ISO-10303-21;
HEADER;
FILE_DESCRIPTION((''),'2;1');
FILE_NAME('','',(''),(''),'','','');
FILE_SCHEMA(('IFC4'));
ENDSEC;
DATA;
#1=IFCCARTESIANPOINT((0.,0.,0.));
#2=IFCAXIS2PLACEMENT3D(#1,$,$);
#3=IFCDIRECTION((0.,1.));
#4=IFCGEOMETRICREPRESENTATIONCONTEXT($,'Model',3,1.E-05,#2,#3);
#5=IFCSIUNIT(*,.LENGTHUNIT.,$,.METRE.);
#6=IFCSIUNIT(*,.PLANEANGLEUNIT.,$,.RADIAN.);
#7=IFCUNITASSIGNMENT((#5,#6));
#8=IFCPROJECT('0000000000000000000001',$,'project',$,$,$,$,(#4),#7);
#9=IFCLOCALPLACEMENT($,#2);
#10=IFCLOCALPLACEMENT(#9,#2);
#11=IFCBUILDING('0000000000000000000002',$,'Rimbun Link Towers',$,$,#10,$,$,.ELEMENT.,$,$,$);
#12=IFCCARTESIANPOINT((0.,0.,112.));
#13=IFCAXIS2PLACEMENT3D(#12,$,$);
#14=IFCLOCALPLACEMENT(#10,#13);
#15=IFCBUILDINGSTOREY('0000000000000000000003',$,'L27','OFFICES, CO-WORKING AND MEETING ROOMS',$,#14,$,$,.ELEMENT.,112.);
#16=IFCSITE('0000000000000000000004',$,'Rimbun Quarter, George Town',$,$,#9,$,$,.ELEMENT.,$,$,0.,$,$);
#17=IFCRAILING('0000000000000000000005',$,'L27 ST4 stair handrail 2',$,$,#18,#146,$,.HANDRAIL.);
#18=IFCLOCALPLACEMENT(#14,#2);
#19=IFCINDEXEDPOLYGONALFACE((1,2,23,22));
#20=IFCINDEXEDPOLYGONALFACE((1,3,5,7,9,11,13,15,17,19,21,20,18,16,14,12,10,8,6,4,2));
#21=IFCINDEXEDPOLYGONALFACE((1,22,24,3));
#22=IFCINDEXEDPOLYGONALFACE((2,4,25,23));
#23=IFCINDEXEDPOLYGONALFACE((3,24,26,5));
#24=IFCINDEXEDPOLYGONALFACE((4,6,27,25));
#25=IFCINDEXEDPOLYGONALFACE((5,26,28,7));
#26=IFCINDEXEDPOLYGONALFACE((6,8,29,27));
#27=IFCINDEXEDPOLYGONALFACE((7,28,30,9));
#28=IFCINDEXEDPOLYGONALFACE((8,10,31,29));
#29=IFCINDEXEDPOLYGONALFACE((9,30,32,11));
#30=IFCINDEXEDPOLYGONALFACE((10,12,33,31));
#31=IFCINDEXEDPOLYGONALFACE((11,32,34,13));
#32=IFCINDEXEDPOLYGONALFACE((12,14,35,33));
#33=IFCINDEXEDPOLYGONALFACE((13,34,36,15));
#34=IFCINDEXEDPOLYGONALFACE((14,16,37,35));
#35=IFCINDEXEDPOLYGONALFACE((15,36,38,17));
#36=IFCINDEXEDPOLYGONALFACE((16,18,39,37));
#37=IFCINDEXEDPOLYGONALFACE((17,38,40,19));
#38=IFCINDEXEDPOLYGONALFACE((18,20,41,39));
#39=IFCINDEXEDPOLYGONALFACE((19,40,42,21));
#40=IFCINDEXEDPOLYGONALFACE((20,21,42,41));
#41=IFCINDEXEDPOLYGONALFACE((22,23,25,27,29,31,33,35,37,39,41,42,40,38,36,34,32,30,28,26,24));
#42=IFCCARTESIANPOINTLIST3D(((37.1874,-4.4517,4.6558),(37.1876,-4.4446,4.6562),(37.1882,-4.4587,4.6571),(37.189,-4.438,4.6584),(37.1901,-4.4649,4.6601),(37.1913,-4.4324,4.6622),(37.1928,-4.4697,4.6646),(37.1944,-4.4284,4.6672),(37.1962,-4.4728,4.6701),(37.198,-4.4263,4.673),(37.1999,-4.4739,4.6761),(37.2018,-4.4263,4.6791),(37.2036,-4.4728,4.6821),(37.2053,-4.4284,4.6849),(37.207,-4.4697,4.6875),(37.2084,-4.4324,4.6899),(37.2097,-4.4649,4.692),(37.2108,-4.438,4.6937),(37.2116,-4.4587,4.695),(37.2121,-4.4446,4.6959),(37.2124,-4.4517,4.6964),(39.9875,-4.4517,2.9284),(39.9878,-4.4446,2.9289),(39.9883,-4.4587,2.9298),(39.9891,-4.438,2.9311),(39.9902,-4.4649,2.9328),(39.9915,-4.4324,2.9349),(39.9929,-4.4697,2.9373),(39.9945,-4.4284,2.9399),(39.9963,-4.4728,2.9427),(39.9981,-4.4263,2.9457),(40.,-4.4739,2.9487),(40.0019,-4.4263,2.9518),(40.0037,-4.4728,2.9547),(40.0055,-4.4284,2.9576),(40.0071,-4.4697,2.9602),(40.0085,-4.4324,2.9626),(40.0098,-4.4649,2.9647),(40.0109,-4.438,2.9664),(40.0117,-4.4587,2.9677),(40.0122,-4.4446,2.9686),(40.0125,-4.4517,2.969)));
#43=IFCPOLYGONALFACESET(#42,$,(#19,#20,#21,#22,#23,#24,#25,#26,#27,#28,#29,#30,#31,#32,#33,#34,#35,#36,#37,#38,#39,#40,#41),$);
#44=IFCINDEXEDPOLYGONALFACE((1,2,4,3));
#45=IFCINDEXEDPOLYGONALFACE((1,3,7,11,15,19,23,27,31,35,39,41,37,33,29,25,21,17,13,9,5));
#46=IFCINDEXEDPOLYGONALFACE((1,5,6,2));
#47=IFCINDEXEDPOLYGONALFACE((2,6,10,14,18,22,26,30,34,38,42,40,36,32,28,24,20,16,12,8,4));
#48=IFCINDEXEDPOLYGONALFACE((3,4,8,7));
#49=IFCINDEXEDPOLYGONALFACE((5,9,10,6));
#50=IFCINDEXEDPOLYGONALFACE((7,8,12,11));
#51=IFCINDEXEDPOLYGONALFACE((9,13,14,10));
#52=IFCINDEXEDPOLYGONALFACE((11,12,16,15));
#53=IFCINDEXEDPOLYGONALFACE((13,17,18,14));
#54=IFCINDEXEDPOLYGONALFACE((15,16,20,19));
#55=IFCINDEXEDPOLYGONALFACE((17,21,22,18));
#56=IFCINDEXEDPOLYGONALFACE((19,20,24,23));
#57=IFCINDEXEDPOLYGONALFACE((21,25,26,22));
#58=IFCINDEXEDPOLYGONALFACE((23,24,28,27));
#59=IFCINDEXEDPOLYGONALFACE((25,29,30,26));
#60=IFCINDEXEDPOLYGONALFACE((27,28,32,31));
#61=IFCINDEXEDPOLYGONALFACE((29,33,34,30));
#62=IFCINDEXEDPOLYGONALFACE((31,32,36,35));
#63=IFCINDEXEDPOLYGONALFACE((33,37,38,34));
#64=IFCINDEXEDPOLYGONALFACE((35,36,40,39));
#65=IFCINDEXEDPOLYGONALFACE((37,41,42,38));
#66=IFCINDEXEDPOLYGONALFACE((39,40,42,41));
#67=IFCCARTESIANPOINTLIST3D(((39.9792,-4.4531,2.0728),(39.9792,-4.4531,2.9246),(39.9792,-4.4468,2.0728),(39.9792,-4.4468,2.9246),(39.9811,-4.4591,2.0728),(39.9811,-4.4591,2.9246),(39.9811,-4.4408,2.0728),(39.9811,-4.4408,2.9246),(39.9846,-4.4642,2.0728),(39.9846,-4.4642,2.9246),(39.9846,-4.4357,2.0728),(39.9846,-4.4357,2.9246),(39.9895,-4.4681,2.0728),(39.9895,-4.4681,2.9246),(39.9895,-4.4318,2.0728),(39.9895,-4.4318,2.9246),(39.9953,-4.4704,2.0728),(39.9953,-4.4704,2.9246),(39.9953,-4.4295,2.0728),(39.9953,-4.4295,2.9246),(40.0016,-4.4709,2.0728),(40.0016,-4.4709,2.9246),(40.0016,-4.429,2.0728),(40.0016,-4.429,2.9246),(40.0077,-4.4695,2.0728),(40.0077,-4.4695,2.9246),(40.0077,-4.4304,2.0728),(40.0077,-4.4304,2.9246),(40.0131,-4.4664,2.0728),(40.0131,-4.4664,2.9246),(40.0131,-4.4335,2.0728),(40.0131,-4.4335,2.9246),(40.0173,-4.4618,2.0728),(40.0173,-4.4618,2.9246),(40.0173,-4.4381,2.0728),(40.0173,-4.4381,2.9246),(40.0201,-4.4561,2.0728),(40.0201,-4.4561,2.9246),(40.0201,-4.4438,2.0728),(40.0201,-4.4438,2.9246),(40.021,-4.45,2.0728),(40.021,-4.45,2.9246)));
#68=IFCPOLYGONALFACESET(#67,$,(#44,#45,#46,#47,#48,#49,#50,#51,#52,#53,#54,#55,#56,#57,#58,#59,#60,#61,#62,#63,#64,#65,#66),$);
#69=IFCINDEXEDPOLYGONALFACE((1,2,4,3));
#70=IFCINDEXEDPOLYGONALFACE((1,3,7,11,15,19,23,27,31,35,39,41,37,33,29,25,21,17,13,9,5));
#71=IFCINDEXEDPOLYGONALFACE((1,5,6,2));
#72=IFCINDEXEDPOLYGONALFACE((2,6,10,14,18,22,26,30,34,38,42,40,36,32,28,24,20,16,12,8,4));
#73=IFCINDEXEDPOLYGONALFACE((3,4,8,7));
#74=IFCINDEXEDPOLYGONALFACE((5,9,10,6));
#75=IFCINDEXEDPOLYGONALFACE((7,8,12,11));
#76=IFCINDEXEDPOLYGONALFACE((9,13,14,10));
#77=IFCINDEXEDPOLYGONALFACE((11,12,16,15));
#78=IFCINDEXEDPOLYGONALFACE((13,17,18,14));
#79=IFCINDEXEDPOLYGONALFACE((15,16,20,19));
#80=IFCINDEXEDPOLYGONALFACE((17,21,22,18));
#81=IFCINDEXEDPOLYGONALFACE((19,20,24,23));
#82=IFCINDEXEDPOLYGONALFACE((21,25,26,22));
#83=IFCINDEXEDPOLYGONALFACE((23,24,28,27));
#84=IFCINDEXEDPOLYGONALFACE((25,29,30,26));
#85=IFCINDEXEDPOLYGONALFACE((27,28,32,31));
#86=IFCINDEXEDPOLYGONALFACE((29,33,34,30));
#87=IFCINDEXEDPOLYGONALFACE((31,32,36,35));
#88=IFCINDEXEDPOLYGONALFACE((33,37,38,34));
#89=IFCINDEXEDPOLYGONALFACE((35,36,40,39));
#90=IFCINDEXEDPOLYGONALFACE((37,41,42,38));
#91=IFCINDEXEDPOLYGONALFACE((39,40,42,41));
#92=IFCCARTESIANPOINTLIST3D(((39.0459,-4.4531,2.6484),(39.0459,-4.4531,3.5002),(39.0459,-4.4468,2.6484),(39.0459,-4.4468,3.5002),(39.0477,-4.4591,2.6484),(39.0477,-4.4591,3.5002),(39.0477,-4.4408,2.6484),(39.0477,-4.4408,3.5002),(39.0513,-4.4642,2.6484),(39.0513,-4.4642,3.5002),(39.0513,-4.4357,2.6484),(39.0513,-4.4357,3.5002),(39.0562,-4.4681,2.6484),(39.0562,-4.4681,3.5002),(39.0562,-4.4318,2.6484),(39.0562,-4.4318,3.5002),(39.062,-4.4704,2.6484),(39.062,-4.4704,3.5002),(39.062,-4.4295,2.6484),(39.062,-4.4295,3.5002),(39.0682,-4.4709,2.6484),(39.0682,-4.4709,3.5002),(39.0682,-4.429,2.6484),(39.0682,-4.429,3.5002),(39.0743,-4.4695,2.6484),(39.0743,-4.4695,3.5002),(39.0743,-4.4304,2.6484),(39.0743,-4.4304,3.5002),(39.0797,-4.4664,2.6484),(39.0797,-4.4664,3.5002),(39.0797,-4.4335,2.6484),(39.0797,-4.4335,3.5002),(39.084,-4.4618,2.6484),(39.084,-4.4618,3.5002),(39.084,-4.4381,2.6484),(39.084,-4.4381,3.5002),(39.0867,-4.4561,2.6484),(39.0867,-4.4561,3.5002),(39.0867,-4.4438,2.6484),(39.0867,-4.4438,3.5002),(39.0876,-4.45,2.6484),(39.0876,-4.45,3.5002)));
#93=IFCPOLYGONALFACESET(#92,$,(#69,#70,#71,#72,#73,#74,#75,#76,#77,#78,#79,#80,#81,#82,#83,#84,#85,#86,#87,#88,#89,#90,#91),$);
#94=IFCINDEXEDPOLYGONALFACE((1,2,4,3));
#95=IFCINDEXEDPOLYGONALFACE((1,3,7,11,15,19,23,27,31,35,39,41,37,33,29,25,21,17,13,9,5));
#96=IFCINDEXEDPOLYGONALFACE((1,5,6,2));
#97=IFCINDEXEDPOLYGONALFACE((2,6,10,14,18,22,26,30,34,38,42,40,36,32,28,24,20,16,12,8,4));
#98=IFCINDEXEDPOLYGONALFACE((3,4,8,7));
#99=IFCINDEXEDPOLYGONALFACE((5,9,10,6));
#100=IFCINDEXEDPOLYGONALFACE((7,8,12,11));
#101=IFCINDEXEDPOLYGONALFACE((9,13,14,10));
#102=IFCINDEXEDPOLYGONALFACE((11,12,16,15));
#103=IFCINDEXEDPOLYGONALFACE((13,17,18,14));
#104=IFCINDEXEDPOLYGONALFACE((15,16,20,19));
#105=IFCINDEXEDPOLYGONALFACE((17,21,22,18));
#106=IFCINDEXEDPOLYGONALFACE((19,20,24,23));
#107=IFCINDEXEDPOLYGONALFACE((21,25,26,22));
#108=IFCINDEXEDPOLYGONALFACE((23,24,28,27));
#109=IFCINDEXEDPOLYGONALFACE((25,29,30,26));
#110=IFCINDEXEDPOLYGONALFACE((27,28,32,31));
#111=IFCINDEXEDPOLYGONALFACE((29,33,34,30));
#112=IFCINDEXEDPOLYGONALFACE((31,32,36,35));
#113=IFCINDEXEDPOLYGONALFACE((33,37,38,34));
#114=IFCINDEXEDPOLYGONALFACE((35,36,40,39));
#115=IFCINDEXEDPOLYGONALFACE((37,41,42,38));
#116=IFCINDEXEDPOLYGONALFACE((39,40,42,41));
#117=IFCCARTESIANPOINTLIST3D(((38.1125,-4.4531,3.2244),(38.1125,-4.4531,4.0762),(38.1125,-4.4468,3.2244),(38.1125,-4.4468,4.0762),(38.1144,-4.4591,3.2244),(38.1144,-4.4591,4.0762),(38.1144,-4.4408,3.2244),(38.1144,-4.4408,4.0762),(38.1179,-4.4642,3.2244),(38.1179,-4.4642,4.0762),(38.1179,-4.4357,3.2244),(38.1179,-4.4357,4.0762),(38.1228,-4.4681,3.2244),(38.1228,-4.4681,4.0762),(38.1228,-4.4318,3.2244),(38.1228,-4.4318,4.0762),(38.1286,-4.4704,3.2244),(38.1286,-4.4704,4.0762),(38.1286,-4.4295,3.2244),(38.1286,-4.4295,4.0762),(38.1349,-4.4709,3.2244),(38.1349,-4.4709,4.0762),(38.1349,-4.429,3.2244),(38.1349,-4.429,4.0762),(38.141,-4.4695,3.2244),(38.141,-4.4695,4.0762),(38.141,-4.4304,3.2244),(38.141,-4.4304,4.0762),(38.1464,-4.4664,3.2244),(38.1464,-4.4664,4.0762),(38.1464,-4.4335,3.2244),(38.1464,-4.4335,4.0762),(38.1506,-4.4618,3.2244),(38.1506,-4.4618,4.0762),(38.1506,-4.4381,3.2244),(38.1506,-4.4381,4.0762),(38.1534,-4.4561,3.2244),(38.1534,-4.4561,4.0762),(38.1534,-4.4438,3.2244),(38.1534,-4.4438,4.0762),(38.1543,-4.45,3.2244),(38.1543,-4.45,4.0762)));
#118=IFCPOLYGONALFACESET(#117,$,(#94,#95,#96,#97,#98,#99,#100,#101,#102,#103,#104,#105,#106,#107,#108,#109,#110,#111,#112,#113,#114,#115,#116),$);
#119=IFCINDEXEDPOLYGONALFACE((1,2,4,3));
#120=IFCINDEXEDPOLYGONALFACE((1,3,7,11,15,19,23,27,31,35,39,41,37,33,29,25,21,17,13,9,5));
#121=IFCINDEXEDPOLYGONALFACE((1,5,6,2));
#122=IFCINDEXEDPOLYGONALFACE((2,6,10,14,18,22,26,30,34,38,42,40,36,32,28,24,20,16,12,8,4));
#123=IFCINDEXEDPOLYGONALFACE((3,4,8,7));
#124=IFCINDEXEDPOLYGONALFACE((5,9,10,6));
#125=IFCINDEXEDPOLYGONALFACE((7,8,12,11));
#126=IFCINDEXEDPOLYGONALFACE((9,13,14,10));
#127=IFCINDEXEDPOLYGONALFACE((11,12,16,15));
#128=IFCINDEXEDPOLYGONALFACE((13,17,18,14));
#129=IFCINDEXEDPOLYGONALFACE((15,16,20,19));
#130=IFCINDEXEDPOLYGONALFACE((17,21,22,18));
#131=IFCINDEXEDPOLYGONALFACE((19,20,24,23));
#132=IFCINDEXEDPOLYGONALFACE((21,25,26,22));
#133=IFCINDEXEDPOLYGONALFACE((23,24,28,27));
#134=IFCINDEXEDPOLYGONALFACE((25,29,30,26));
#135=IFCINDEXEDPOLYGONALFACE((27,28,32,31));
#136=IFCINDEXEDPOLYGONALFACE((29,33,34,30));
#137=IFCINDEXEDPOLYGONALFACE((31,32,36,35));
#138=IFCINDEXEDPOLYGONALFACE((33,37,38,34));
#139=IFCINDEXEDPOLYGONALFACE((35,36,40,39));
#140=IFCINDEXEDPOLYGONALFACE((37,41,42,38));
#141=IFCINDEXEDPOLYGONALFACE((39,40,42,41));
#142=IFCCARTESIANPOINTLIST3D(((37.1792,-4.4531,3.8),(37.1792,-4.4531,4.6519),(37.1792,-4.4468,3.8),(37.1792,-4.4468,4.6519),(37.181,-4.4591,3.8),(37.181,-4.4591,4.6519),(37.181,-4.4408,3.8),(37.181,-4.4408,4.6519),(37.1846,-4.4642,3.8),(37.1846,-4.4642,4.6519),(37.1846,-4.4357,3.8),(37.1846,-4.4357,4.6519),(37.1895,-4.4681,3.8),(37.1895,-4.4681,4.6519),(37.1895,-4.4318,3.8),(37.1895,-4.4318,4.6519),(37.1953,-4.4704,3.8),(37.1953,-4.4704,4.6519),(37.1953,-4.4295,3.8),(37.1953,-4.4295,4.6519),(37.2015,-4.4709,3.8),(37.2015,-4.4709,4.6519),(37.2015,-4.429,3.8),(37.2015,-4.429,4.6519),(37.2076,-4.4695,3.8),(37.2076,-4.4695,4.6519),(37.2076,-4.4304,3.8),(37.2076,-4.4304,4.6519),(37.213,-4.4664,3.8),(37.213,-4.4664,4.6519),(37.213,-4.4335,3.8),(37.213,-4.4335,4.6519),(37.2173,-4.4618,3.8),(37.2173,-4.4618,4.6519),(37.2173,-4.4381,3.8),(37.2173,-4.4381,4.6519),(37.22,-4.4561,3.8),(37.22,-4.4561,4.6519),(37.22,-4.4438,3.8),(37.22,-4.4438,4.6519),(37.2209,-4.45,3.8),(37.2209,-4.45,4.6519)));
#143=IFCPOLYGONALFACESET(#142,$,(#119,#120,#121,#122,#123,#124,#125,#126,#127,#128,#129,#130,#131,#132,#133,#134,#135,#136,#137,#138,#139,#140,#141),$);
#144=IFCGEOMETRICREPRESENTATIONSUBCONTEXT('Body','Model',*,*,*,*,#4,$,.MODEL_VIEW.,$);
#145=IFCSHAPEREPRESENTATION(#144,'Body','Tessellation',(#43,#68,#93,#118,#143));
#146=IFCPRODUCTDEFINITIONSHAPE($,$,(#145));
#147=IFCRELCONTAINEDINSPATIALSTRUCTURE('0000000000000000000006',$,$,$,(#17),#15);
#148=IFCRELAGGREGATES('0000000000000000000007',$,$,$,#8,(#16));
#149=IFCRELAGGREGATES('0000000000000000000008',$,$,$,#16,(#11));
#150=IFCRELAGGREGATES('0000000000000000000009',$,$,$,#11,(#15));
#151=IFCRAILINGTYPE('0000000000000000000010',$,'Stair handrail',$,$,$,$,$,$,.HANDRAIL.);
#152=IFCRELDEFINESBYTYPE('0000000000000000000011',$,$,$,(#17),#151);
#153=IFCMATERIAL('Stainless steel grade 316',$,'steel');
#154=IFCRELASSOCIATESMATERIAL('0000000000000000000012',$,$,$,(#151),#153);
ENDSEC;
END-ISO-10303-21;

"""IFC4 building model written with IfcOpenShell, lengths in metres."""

from ifc_helpers import new_model, si_unit, direction, frame, origin, origin_2d, place, context, subcontext, project, spatial, circle, extrude, material, type_object, element, save


model = new_model("IFC4")

# Units and contexts
model_context = context("Model", 3, precision=1e-05, world=origin(), true_north=direction((0.0, 1.0)))
body_context = subcontext(model_context, "Body", "Model", "MODEL_VIEW")
ifc_project = project(units=[si_unit("LENGTHUNIT", "METRE"), si_unit("PLANEANGLEUNIT", "RADIAN")], contexts=[model_context])

# Site, building, storey
site_placement = place(None, origin())
site = spatial("IfcSite", under=ifc_project, at=site_placement, Name="Rimbun Quarter, George Town", CompositionType="ELEMENT", RefElevation=0.0)
building_placement = place(site_placement, origin())
building = spatial("IfcBuilding", under=site, at=building_placement, Name="Rimbun Link Towers", CompositionType="ELEMENT")
storey_placement = place(building_placement, frame((0.0, 0.0, 112.0)))
storey = spatial("IfcBuildingStorey", under=building, at=storey_placement, Name="L27", Description="OFFICES, CO-WORKING AND MEETING ROOMS", CompositionType="ELEMENT", Elevation=112.0)

# Railing
ifc_material_1 = material(Name="Stainless steel grade 316", Category="steel")
railing_type_1 = type_object("IfcRailingType", Name="Stair handrail", PredefinedType="HANDRAIL", material=ifc_material_1)
railing_1_placement = place(storey_placement, frame((40.0, -4.45, 2.0728)))
element("IfcRailing", 1, at=railing_1_placement, inside=storey, type_object=railing_type_1, Name="L27 ST4 stair handrail 2", PredefinedType="HANDRAIL", context=body_context, shape_type="SweptSolid", body=[
    extrude(circle(Radius=0.0239, at=origin_2d()), frame((0.0, 0.0, 0.876), z_axis=(-0.85109, 0.0, 0.52502), x_axis=(0.0, -1.0, 0.0)), (0.0, 0.0, 1.0), 3.29),
    extrude(circle(Radius=0.021, at=origin_2d()), origin(), (0.0, 0.0, 1.0), 0.8518),
    extrude(circle(Radius=0.021, at=origin_2d()), frame((-0.9333, 0.0, 0.5757)), (0.0, 0.0, 1.0), 0.8518),
    extrude(circle(Radius=0.021, at=origin_2d()), frame((-1.8667, 0.0, 1.1516)), (0.0, 0.0, 1.0), 0.8518),
    extrude(circle(Radius=0.021, at=origin_2d()), frame((-2.8, 0.0, 1.7273)), (0.0, 0.0, 1.0), 0.8518),
])

save(model, "model.ifc")
